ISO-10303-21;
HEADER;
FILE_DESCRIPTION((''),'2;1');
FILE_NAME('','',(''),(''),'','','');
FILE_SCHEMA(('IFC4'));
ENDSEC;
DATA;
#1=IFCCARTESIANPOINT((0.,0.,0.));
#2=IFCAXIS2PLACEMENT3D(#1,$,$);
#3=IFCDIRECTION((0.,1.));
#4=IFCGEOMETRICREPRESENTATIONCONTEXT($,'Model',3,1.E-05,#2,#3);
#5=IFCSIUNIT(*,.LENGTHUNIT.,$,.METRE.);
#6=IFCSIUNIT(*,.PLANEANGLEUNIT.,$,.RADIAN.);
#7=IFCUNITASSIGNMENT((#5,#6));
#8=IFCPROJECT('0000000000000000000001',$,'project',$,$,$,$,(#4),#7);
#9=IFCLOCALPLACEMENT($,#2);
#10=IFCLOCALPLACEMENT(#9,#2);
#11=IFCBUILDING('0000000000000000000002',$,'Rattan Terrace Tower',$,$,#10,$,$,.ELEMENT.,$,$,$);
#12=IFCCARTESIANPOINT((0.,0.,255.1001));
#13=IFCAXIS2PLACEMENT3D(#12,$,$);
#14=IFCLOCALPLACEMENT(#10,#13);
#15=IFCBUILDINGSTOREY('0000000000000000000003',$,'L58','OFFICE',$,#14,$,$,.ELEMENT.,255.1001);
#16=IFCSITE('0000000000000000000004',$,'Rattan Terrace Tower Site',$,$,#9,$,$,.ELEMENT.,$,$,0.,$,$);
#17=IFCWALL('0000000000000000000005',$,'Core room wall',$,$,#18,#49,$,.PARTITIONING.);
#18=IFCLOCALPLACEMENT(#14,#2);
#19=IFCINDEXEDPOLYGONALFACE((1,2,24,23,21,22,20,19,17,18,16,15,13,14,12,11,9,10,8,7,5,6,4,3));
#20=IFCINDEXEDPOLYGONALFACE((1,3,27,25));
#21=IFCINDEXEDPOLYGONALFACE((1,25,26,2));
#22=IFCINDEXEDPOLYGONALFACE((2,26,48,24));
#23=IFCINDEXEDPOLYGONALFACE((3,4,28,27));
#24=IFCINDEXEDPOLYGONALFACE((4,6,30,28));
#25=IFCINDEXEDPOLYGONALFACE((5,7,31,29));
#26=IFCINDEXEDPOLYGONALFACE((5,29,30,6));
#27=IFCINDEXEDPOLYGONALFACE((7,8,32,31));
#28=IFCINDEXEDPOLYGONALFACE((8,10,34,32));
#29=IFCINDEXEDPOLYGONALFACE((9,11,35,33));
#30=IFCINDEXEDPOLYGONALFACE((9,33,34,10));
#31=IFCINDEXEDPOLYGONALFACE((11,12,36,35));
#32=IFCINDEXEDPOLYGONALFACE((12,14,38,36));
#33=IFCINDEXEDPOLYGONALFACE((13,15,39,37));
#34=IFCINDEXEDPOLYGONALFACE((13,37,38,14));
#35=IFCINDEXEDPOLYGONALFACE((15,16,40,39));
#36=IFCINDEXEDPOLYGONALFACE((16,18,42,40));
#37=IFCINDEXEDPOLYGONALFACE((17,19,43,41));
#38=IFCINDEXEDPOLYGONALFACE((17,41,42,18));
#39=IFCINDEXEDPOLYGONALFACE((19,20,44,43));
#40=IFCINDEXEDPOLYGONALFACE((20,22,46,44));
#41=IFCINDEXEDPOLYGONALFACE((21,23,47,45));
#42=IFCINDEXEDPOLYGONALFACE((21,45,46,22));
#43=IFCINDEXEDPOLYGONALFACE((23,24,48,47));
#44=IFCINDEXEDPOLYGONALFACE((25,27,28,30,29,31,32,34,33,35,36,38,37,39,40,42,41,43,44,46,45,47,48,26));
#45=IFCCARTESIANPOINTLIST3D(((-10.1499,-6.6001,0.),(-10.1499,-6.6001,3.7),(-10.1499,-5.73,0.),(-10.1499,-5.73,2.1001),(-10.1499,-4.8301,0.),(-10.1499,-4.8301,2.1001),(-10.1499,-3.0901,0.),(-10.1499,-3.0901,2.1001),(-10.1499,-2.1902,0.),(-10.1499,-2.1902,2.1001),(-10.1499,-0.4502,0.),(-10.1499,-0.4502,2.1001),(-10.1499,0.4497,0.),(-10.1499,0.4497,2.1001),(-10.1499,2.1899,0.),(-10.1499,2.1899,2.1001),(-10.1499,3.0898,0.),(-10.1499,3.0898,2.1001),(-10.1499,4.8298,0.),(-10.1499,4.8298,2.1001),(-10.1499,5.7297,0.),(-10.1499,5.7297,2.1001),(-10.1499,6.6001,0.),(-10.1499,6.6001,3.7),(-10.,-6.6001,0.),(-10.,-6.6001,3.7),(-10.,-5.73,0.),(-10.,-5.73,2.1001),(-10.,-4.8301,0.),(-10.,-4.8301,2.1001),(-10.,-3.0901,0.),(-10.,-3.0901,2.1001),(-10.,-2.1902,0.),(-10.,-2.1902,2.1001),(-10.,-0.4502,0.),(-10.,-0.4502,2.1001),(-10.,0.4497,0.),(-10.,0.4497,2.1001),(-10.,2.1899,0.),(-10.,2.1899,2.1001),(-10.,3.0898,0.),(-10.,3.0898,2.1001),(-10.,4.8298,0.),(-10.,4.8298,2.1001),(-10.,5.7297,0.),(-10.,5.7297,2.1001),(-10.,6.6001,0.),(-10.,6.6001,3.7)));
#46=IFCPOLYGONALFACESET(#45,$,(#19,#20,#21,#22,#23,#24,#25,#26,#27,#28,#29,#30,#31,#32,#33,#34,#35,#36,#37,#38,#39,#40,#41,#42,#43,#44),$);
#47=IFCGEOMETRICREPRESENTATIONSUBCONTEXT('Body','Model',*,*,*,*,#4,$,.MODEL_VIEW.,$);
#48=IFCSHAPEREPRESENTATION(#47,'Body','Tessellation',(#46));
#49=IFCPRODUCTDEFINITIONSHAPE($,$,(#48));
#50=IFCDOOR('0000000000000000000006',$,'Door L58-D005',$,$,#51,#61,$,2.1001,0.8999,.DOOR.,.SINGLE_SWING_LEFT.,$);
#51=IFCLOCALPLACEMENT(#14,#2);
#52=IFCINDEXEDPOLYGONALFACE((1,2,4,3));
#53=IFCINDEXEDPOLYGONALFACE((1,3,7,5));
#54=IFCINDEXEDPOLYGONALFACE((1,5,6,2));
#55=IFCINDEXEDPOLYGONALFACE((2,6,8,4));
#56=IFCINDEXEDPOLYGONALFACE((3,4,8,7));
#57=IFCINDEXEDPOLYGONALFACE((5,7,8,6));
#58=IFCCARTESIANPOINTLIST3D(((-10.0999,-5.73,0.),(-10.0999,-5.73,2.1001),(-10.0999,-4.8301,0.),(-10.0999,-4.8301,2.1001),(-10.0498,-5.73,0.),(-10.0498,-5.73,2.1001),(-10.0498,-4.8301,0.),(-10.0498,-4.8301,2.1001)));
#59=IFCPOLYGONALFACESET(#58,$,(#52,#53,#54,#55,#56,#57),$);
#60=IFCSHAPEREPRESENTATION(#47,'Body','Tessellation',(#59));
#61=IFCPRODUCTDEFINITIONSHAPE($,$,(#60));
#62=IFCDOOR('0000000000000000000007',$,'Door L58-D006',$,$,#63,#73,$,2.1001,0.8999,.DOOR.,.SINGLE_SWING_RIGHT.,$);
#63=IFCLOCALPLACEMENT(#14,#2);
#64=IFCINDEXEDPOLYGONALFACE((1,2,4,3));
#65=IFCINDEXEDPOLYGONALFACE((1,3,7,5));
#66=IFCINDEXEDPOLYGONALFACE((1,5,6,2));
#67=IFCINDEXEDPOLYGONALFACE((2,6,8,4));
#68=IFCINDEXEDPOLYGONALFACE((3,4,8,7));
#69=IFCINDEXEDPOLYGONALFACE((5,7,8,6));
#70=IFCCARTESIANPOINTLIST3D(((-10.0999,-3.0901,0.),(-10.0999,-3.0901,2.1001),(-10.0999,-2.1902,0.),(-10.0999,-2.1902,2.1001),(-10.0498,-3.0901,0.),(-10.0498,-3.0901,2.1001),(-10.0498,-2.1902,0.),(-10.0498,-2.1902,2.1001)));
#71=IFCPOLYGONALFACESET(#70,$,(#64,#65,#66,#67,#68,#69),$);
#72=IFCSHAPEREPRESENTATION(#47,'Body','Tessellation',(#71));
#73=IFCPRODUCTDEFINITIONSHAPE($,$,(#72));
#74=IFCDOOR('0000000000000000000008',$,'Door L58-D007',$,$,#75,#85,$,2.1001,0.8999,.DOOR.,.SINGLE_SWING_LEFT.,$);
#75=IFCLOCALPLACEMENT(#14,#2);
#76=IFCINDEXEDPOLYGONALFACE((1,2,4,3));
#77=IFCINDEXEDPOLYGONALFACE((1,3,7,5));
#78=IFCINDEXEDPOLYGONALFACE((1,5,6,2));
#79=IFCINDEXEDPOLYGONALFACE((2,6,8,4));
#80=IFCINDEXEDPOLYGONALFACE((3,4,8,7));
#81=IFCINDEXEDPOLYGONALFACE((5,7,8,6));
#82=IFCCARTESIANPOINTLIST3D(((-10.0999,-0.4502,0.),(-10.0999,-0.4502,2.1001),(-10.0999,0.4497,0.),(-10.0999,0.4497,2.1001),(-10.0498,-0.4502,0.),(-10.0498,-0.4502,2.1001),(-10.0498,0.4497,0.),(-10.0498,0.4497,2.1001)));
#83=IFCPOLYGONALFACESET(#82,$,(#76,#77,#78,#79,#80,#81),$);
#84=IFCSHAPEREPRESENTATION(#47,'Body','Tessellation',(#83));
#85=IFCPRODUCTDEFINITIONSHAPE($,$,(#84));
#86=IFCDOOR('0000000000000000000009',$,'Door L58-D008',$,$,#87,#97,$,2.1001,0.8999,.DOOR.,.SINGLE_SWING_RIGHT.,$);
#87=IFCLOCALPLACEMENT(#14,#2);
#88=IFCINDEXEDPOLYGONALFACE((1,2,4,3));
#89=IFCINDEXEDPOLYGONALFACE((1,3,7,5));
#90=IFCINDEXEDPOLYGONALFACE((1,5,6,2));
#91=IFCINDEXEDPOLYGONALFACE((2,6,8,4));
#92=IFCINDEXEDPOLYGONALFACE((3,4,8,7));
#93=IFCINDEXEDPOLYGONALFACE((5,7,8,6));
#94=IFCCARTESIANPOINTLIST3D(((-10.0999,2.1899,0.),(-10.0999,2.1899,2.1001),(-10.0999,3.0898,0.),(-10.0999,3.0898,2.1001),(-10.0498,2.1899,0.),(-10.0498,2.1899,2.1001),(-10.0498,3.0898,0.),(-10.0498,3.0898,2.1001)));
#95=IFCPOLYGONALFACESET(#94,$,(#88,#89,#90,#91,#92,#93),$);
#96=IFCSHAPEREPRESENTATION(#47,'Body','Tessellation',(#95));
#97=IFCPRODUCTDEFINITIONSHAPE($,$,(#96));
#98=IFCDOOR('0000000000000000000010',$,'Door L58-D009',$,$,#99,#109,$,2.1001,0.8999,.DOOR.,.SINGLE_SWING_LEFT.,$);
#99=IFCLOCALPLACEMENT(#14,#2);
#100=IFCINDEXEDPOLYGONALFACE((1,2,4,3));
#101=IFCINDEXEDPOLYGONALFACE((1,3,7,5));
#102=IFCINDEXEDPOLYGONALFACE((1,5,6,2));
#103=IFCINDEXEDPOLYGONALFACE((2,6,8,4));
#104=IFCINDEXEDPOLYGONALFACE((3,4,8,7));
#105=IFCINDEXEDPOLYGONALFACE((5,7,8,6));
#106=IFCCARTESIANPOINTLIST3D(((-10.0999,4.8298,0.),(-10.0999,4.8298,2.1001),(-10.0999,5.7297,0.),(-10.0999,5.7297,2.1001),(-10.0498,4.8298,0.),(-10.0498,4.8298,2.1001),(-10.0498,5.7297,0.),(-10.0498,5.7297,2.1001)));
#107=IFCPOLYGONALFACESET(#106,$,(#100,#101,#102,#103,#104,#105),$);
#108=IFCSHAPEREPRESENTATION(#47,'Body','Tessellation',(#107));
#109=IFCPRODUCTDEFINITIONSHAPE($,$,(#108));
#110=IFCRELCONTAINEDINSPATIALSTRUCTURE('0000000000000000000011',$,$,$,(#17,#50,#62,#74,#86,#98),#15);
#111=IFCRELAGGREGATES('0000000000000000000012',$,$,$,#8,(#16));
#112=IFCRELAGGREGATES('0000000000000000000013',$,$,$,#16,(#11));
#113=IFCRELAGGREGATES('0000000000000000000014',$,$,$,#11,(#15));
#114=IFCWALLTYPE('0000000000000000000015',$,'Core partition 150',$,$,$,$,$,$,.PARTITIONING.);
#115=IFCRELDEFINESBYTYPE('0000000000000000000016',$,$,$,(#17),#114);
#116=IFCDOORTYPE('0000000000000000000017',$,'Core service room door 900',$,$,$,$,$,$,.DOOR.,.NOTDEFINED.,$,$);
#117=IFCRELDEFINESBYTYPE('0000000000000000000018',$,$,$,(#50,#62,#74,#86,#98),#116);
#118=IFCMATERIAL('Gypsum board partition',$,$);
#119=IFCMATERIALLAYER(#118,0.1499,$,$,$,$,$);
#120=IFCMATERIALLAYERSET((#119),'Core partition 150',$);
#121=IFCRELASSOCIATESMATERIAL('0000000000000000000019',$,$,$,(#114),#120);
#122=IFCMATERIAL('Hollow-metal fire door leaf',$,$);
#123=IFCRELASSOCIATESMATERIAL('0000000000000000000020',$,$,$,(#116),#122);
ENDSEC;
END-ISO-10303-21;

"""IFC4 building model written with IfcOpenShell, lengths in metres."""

from ifc_helpers import new_model, si_unit, direction, frame, frame_2d, origin, place, context, subcontext, project, spatial, rectangle, extrude, material, layer, layer_set, type_object, element, fill, save


model = new_model("IFC4")

# Units and contexts
model_context = context("Model", 3, precision=1e-05, world=origin(), true_north=direction((0.0, 1.0)))
body_context = subcontext(model_context, "Body", "Model", "MODEL_VIEW")
ifc_project = project(units=[si_unit("LENGTHUNIT", "METRE"), si_unit("PLANEANGLEUNIT", "RADIAN")], contexts=[model_context])

# Site, building, storey
site_placement = place(None, origin())
site = spatial("IfcSite", under=ifc_project, at=site_placement, Name="Rattan Terrace Tower Site", CompositionType="ELEMENT", RefElevation=0.0)
building_placement = place(site_placement, origin())
building = spatial("IfcBuilding", under=site, at=building_placement, Name="Rattan Terrace Tower", CompositionType="ELEMENT")
storey_placement = place(building_placement, frame((0.0, 0.0, 255.1001)))
storey = spatial("IfcBuildingStorey", under=building, at=storey_placement, Name="L58", Description="OFFICE", CompositionType="ELEMENT", Elevation=255.1001)

# Wall, openings, doors
ifc_material_1 = material(Name="Gypsum board partition")
ifc_layer_1 = layer(ifc_material_1, 0.1499)
ifc_layer_set_1 = layer_set([ifc_layer_1], Name="Core partition 150")
wall_type_1 = type_object("IfcWallType", Name="Core partition 150", PredefinedType="PARTITIONING", material=ifc_layer_set_1)
wall_1_placement = place(storey_placement, frame((-10.075, -6.6001, 0.0), z_axis=(0.0, 0.0, 1.0), x_axis=(0.0, 1.0, 0.0)))
wall_1 = element("IfcWall", 1, at=wall_1_placement, inside=storey, type_object=wall_type_1, Name="Core room wall", PredefinedType="PARTITIONING", context=body_context, shape_type="SweptSolid", body=[
    extrude(rectangle(XDim=13.2002, YDim=0.1499, at=frame_2d((6.6001, 0.0))), origin(), (0.0, 0.0, 1.0), 3.7),
])
opening_1_placement = place(wall_1_placement, frame((0.8701, 0.0, 0.0)))
opening_1 = element("IfcOpeningElement", 2, at=opening_1_placement, cuts=wall_1, PredefinedType="OPENING", context=body_context, shape_type="SweptSolid", body=[
    extrude(rectangle(XDim=0.8999, YDim=2.1001, at=frame_2d((0.45, 1.05))), frame((0.0, 0.0854, 0.0), z_axis=(0.0, -1.0, 0.0), x_axis=(1.0, 0.0, 0.0)), (0.0, 0.0, 1.0), 0.1709),
])
opening_2_placement = place(wall_1_placement, frame((3.51, 0.0, 0.0)))
opening_2 = element("IfcOpeningElement", 3, at=opening_2_placement, cuts=wall_1, PredefinedType="OPENING", context=body_context, shape_type="SweptSolid", body=[
    extrude(rectangle(XDim=0.8999, YDim=2.1001, at=frame_2d((0.45, 1.05))), frame((0.0, 0.0854, 0.0), z_axis=(0.0, -1.0, 0.0), x_axis=(1.0, 0.0, 0.0)), (0.0, 0.0, 1.0), 0.1709),
])
opening_3_placement = place(wall_1_placement, frame((6.1499, 0.0, 0.0)))
opening_3 = element("IfcOpeningElement", 4, at=opening_3_placement, cuts=wall_1, PredefinedType="OPENING", context=body_context, shape_type="SweptSolid", body=[
    extrude(rectangle(XDim=0.8999, YDim=2.1001, at=frame_2d((0.45, 1.05))), frame((0.0, 0.0854, 0.0), z_axis=(0.0, -1.0, 0.0), x_axis=(1.0, 0.0, 0.0)), (0.0, 0.0, 1.0), 0.1709),
])
opening_4_placement = place(wall_1_placement, frame((8.79, 0.0, 0.0)))
opening_4 = element("IfcOpeningElement", 5, at=opening_4_placement, cuts=wall_1, PredefinedType="OPENING", context=body_context, shape_type="SweptSolid", body=[
    extrude(rectangle(XDim=0.8999, YDim=2.1001, at=frame_2d((0.45, 1.05))), frame((0.0, 0.0854, 0.0), z_axis=(0.0, -1.0, 0.0), x_axis=(1.0, 0.0, 0.0)), (0.0, 0.0, 1.0), 0.1709),
])
opening_5_placement = place(wall_1_placement, frame((11.4299, 0.0, 0.0)))
opening_5 = element("IfcOpeningElement", 6, at=opening_5_placement, cuts=wall_1, PredefinedType="OPENING", context=body_context, shape_type="SweptSolid", body=[
    extrude(rectangle(XDim=0.8999, YDim=2.1001, at=frame_2d((0.45, 1.05))), frame((0.0, 0.0854, 0.0), z_axis=(0.0, -1.0, 0.0), x_axis=(1.0, 0.0, 0.0)), (0.0, 0.0, 1.0), 0.1709),
])
ifc_material_2 = material(Name="Hollow-metal fire door leaf")
door_type_1 = type_object("IfcDoorType", Name="Core service room door 900", OperationType="NOTDEFINED", PredefinedType="DOOR", material=ifc_material_2)
door_1_placement = place(opening_1_placement, origin())
door_1 = element("IfcDoor", 7, at=door_1_placement, inside=storey, type_object=door_type_1, Name="Door L58-D005", OperationType="SINGLE_SWING_LEFT", OverallHeight=2.1001, OverallWidth=0.8999, PredefinedType="DOOR", context=body_context, shape_type="SweptSolid", body=[
    extrude(rectangle(XDim=0.8999, YDim=2.1001, at=frame_2d((0.45, 1.05))), frame((0.0, 0.0249, 0.0), z_axis=(0.0, -1.0, 0.0), x_axis=(1.0, 0.0, 0.0)), (0.0, 0.0, 1.0), 0.05),
])
fill(opening_1, door_1)
door_2_placement = place(opening_2_placement, origin())
door_2 = element("IfcDoor", 8, at=door_2_placement, inside=storey, type_object=door_type_1, Name="Door L58-D006", OperationType="SINGLE_SWING_RIGHT", OverallHeight=2.1001, OverallWidth=0.8999, PredefinedType="DOOR", context=body_context, shape_type="SweptSolid", body=[
    extrude(rectangle(XDim=0.8999, YDim=2.1001, at=frame_2d((0.45, 1.05))), frame((0.0, 0.0249, 0.0), z_axis=(0.0, -1.0, 0.0), x_axis=(1.0, 0.0, 0.0)), (0.0, 0.0, 1.0), 0.05),
])
fill(opening_2, door_2)
door_3_placement = place(opening_3_placement, origin())
door_3 = element("IfcDoor", 9, at=door_3_placement, inside=storey, type_object=door_type_1, Name="Door L58-D007", OperationType="SINGLE_SWING_LEFT", OverallHeight=2.1001, OverallWidth=0.8999, PredefinedType="DOOR", context=body_context, shape_type="SweptSolid", body=[
    extrude(rectangle(XDim=0.8999, YDim=2.1001, at=frame_2d((0.45, 1.05))), frame((0.0, 0.0249, 0.0), z_axis=(0.0, -1.0, 0.0), x_axis=(1.0, 0.0, 0.0)), (0.0, 0.0, 1.0), 0.05),
])
fill(opening_3, door_3)
door_4_placement = place(opening_4_placement, origin())
door_4 = element("IfcDoor", 10, at=door_4_placement, inside=storey, type_object=door_type_1, Name="Door L58-D008", OperationType="SINGLE_SWING_RIGHT", OverallHeight=2.1001, OverallWidth=0.8999, PredefinedType="DOOR", context=body_context, shape_type="SweptSolid", body=[
    extrude(rectangle(XDim=0.8999, YDim=2.1001, at=frame_2d((0.45, 1.05))), frame((0.0, 0.0249, 0.0), z_axis=(0.0, -1.0, 0.0), x_axis=(1.0, 0.0, 0.0)), (0.0, 0.0, 1.0), 0.05),
])
fill(opening_4, door_4)
door_5_placement = place(opening_5_placement, origin())
door_5 = element("IfcDoor", 11, at=door_5_placement, inside=storey, type_object=door_type_1, Name="Door L58-D009", OperationType="SINGLE_SWING_LEFT", OverallHeight=2.1001, OverallWidth=0.8999, PredefinedType="DOOR", context=body_context, shape_type="SweptSolid", body=[
    extrude(rectangle(XDim=0.8999, YDim=2.1001, at=frame_2d((0.45, 1.05))), frame((0.0, 0.0249, 0.0), z_axis=(0.0, -1.0, 0.0), x_axis=(1.0, 0.0, 0.0)), (0.0, 0.0, 1.0), 0.05),
])
fill(opening_5, door_5)

save(model, "model.ifc")
